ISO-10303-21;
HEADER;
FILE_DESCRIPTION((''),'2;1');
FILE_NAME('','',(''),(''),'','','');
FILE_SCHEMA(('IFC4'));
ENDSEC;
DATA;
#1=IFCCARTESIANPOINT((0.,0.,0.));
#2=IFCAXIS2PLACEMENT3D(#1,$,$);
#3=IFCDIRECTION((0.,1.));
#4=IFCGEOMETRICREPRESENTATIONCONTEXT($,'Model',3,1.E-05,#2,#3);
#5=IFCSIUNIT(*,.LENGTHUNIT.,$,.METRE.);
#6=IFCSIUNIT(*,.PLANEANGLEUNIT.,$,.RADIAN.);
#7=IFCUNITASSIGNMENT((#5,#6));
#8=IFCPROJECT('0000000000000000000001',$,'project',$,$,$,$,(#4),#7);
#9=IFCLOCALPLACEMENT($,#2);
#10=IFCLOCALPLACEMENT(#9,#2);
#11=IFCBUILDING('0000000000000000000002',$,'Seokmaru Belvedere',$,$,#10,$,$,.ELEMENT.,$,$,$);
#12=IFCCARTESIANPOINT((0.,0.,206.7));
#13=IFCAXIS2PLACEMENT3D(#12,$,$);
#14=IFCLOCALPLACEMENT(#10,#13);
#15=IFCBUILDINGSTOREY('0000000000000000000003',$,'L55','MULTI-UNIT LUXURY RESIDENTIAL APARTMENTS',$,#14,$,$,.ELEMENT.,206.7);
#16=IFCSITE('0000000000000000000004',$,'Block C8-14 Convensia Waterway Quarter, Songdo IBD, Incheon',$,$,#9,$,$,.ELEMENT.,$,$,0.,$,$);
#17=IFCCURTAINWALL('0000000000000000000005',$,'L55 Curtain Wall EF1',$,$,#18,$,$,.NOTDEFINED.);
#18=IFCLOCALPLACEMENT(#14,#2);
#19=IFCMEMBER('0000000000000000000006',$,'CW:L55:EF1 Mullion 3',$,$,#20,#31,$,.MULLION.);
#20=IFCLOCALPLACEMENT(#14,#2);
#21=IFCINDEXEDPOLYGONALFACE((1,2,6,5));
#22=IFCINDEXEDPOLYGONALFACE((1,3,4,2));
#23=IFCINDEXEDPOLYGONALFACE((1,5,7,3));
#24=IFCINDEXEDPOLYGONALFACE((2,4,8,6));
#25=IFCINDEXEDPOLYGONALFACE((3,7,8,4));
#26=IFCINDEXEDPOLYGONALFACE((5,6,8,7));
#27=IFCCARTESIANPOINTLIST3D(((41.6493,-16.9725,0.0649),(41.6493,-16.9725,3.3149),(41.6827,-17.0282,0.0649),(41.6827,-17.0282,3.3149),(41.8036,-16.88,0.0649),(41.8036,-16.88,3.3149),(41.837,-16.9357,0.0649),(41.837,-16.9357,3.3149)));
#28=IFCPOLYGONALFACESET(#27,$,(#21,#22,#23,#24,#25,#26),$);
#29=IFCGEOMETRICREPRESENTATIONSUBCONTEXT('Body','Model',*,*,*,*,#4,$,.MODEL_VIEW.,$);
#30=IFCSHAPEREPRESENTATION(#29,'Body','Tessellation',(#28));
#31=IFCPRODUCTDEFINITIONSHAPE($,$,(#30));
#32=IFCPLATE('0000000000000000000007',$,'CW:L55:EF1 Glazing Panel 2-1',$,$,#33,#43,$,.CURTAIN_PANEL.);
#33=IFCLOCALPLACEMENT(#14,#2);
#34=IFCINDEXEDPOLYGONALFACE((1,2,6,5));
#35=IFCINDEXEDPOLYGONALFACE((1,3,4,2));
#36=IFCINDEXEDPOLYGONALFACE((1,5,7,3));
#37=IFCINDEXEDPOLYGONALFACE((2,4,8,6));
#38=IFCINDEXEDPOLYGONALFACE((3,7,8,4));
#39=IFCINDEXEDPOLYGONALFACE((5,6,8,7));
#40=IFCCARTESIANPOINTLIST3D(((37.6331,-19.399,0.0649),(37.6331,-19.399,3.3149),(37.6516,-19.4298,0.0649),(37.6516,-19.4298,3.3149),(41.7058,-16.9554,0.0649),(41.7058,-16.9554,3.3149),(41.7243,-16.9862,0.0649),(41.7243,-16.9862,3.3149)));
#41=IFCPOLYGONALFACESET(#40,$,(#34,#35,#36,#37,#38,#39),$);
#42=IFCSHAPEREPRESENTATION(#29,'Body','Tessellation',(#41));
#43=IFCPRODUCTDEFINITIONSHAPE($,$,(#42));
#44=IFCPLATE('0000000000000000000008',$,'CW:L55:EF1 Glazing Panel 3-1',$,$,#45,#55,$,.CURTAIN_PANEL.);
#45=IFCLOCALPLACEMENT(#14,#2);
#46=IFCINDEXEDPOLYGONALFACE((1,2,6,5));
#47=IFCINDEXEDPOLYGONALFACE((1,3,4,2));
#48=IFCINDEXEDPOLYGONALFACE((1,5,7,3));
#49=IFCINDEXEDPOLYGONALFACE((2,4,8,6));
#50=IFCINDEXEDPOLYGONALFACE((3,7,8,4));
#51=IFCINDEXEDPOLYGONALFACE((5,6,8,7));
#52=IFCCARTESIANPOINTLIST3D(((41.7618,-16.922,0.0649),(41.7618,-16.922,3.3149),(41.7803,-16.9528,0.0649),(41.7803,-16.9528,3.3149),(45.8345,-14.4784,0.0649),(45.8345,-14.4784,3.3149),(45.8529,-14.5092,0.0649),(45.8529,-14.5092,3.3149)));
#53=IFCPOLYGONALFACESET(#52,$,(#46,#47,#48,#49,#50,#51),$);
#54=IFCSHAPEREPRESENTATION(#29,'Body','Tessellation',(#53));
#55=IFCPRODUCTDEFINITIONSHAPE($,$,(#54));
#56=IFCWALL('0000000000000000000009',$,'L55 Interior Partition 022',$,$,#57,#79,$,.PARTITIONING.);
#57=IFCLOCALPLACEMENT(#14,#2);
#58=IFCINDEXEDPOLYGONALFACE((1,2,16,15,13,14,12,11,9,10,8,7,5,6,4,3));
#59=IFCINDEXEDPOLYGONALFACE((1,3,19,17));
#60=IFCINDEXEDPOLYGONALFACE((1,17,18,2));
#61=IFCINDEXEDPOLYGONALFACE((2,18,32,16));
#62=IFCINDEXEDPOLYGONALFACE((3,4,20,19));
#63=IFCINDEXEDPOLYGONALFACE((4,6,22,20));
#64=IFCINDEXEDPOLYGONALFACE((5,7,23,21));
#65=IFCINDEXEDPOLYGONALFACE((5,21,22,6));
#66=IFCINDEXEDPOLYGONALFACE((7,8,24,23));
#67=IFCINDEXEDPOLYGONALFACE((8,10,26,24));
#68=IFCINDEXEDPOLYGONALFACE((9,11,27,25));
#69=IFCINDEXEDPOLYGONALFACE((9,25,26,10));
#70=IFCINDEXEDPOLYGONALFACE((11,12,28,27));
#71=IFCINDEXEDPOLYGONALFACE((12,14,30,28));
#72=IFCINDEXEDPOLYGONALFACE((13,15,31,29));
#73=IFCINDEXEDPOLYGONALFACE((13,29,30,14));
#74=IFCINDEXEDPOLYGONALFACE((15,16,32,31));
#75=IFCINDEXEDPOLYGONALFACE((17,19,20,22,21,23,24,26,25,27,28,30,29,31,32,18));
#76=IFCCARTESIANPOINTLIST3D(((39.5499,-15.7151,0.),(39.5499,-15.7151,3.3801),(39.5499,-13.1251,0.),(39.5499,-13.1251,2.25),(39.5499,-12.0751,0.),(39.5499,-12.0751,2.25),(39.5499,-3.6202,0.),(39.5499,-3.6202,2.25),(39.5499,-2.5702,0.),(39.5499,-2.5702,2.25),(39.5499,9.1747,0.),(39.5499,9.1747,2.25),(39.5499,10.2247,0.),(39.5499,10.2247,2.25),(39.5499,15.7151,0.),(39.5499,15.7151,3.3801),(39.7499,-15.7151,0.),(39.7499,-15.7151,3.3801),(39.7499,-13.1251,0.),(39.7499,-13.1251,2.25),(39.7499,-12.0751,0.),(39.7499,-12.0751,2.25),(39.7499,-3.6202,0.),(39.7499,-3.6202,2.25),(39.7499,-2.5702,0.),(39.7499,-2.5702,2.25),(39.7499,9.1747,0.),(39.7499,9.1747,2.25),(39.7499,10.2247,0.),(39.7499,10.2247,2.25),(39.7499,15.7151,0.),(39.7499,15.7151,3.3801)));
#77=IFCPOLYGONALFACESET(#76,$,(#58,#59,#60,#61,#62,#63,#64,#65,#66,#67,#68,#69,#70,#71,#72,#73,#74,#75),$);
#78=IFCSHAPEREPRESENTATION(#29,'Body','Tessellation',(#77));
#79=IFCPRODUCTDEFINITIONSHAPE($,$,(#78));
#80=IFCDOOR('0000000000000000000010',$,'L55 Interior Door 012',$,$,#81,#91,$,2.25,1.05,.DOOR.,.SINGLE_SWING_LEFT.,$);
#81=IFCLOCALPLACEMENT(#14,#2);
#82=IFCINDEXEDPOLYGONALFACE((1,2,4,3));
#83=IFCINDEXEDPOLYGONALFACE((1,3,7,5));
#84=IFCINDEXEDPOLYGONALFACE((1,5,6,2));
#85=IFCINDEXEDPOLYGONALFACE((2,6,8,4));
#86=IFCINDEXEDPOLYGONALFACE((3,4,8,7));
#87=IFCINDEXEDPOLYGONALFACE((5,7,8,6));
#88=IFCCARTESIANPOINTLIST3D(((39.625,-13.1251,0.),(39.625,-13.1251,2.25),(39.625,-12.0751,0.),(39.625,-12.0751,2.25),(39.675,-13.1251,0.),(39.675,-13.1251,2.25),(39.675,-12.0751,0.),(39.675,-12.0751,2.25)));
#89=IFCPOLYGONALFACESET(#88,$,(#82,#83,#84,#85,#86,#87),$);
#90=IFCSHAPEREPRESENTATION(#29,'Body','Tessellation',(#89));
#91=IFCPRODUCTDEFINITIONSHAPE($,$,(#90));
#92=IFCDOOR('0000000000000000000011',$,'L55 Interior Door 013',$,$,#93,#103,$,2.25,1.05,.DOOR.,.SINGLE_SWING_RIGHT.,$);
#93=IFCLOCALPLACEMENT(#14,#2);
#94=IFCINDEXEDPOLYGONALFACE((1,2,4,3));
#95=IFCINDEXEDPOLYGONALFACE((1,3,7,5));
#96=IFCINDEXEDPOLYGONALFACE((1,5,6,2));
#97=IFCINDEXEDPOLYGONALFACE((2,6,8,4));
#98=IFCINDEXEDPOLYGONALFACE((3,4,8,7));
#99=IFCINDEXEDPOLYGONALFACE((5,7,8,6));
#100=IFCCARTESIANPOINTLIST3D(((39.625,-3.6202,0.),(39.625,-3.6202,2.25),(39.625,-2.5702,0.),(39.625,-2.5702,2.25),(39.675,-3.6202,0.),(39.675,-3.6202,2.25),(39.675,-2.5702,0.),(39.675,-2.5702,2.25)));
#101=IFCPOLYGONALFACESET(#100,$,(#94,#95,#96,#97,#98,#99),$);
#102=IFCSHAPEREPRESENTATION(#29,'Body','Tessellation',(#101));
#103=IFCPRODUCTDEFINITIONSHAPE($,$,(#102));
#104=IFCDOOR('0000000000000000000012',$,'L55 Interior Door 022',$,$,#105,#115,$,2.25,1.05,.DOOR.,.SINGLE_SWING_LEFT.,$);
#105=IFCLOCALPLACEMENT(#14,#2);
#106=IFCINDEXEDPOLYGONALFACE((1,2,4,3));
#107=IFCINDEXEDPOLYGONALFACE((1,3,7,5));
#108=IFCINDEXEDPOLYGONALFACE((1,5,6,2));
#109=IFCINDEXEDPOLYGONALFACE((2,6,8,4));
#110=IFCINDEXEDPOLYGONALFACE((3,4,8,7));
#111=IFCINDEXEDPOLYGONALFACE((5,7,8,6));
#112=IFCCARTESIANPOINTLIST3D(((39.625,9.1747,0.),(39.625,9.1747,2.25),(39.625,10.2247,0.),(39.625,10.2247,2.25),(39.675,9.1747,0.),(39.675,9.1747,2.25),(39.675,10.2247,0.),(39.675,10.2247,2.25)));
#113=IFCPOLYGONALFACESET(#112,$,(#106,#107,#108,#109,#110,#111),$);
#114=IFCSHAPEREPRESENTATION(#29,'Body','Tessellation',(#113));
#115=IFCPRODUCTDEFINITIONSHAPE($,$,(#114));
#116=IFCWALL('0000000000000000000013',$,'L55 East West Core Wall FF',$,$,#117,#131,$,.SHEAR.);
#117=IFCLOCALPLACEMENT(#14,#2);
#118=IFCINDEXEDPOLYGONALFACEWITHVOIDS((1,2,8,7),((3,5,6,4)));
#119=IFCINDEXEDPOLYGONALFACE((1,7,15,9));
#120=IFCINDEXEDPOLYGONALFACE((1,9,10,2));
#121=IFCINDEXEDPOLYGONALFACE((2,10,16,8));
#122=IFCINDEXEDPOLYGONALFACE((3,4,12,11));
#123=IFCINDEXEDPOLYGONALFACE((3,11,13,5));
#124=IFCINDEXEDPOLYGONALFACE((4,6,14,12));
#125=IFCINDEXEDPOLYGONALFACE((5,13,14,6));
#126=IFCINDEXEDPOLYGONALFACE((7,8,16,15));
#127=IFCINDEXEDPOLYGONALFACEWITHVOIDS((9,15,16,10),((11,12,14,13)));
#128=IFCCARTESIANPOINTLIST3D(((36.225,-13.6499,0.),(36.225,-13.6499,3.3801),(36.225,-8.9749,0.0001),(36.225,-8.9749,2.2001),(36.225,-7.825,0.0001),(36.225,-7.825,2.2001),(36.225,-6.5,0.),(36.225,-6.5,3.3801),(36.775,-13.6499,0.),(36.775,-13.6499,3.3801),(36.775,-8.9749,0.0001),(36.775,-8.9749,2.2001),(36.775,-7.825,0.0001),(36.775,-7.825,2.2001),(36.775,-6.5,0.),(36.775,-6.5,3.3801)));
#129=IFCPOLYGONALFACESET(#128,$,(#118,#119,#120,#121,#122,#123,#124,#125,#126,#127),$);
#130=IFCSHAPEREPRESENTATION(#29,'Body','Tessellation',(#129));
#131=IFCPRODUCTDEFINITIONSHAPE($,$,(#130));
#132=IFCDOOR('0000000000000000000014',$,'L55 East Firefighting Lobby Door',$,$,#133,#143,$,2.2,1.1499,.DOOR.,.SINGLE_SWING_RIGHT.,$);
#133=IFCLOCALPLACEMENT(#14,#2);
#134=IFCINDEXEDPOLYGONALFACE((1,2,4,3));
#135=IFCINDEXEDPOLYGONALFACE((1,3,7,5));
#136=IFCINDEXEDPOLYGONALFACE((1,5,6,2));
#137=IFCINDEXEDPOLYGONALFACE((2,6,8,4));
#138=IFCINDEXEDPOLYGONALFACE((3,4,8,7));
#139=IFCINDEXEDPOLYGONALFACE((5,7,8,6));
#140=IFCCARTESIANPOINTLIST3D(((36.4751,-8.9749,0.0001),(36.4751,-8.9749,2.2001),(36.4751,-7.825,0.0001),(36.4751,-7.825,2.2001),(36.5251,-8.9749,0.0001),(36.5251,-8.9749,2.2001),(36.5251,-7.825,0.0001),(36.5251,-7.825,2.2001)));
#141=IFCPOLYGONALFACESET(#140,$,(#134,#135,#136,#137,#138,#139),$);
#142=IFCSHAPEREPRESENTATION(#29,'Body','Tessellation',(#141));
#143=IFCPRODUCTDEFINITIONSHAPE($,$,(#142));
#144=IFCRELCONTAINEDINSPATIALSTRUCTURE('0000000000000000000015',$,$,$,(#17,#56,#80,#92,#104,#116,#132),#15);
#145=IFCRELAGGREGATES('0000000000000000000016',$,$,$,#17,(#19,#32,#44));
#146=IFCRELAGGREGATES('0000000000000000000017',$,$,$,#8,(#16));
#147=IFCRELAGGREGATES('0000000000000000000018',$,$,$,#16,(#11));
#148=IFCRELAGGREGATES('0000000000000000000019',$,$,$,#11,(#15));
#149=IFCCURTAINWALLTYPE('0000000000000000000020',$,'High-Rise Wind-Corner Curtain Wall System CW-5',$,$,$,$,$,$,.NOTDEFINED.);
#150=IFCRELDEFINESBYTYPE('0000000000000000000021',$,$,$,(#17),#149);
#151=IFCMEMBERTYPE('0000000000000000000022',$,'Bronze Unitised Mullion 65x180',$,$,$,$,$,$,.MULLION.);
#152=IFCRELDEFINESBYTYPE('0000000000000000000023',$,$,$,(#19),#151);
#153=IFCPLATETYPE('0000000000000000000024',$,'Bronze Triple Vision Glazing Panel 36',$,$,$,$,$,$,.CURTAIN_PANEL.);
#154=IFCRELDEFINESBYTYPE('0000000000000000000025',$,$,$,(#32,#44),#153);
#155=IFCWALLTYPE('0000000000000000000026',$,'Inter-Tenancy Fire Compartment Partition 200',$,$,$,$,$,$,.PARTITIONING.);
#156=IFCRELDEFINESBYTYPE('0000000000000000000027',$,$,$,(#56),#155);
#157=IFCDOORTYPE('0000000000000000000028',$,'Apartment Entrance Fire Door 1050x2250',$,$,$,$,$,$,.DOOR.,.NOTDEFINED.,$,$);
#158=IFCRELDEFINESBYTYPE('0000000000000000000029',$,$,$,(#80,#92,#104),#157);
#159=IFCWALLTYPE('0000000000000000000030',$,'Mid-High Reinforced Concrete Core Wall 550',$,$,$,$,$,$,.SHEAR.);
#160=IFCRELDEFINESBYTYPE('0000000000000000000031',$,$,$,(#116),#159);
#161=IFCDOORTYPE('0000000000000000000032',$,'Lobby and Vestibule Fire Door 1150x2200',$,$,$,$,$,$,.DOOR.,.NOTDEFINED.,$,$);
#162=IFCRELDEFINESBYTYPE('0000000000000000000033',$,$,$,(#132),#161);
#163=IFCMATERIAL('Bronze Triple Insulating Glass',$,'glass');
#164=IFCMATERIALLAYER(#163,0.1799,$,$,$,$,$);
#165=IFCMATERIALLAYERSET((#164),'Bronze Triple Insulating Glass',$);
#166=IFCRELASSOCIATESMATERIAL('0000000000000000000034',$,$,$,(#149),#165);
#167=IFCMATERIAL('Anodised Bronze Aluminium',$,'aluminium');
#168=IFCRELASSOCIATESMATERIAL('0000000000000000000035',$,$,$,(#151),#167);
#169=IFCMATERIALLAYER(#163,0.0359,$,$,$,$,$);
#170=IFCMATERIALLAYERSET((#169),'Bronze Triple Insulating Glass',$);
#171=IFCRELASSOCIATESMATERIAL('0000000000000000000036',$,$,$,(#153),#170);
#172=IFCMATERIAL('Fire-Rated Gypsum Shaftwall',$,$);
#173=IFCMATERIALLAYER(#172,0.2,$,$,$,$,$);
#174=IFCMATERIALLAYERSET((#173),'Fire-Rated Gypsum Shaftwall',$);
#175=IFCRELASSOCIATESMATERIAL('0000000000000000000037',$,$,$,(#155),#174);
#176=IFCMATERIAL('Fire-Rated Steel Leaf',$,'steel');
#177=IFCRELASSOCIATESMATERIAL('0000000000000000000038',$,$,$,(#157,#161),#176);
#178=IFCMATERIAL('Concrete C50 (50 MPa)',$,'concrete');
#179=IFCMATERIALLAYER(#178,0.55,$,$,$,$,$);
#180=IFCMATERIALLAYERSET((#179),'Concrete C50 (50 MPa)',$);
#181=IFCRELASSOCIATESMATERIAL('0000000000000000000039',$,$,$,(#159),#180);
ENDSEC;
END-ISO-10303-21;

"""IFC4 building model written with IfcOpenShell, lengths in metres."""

from ifc_helpers import new_model, si_unit, direction, frame, frame_2d, origin, origin_2d, place, context, subcontext, project, spatial, rectangle, extrude, source, transform, mapped, material, layer, layer_set, material_profile, profile_set, type_object, type_shapes, element, fill, aggregate, save


model = new_model("IFC4")

# Units and contexts
model_context = context("Model", 3, precision=1e-05, world=origin(), true_north=direction((0.0, 1.0)))
body_context = subcontext(model_context, "Body", "Model", "MODEL_VIEW")
ifc_project = project(units=[si_unit("LENGTHUNIT", "METRE"), si_unit("PLANEANGLEUNIT", "RADIAN")], contexts=[model_context])

# Site, building, storey
site_placement = place(None, origin())
site = spatial("IfcSite", under=ifc_project, at=site_placement, Name="Block C8-14 Convensia Waterway Quarter, Songdo IBD, Incheon", CompositionType="ELEMENT", RefElevation=0.0)
building_placement = place(site_placement, origin())
building = spatial("IfcBuilding", under=site, at=building_placement, Name="Seokmaru Belvedere", CompositionType="ELEMENT")
storey_placement = place(building_placement, frame((0.0, 0.0, 206.7)))
storey = spatial("IfcBuildingStorey", under=building, at=storey_placement, Name="L55", Description="MULTI-UNIT LUXURY RESIDENTIAL APARTMENTS", CompositionType="ELEMENT", Elevation=206.7)

# Curtain wall, member, plates
ifc_material_1 = material(Name="Bronze Triple Insulating Glass", Category="glass")
ifc_layer_1 = layer(ifc_material_1, 0.1799)
ifc_layer_set_1 = layer_set([ifc_layer_1], Name="Bronze Triple Insulating Glass")
curtain_wall_type = type_object("IfcCurtainWallType", Name="High-Rise Wind-Corner Curtain Wall System CW-5", PredefinedType="NOTDEFINED", material=ifc_layer_set_1)
curtain_wall_placement = place(storey_placement, origin())
curtain_wall = element("IfcCurtainWall", 1, at=curtain_wall_placement, inside=storey, type_object=curtain_wall_type, Name="L55 Curtain Wall EF1", PredefinedType="NOTDEFINED")
ifc_material_2 = material(Name="Anodised Bronze Aluminium", Category="aluminium")
ifc_material_profile_1 = material_profile(ifc_material_2, rectangle(XDim=0.0649, YDim=0.1799, at=origin_2d()), Name="CW-M-65x180")
ifc_profile_set_1 = profile_set([ifc_material_profile_1], Name="Anodised Bronze Aluminium")
member_type = type_object("IfcMemberType", Name="Bronze Unitised Mullion 65x180", PredefinedType="MULLION", material=ifc_profile_set_1)
shared_shape_1 = source(origin(), body_context, "Body", "SweptSolid", [
    extrude(rectangle(XDim=0.0649, YDim=0.1799, at=origin_2d()), origin(), (0.0, 0.0, 1.0), 3.25),
])
type_shapes(member_type, [shared_shape_1])
member_1_placement = place(storey_placement, frame((41.7432, -16.9541, 0.0649), z_axis=(0.0, 0.0, 1.0), x_axis=(-0.514495, 0.857493, 0.0)))
member_1 = element("IfcMember", 2, at=member_1_placement, type_object=member_type, Name="CW:L55:EF1 Mullion 3", PredefinedType="MULLION", context=body_context, shape_type="MappedRepresentation", body=[
    mapped(shared_shape_1, transform((0.0, 0.0, 0.0), scale=1.0)),
])
ifc_layer_2 = layer(ifc_material_1, 0.0359)
ifc_layer_set_2 = layer_set([ifc_layer_2], Name="Bronze Triple Insulating Glass")
plate_type = type_object("IfcPlateType", Name="Bronze Triple Vision Glazing Panel 36", PredefinedType="CURTAIN_PANEL", material=ifc_layer_set_2)
shared_shape_2 = source(origin(), body_context, "Body", "SweptSolid", [
    extrude(rectangle(XDim=4.7495, YDim=0.0359, at=origin_2d()), origin(), (0.0, 0.0, 1.0), 3.25),
])
type_shapes(plate_type, [shared_shape_2])
plate_1_placement = place(storey_placement, frame((39.6787, -18.1926, 0.0649), z_axis=(0.0, 0.0, 1.0), x_axis=(0.857493, 0.514495, 0.0)))
plate_1 = element("IfcPlate", 3, at=plate_1_placement, type_object=plate_type, Name="CW:L55:EF1 Glazing Panel 2-1", PredefinedType="CURTAIN_PANEL", context=body_context, shape_type="MappedRepresentation", body=[
    mapped(shared_shape_2, transform((0.0, 0.0, 0.0), scale=1.0)),
])
plate_2_placement = place(storey_placement, frame((43.8074, -15.7156, 0.0649), z_axis=(0.0, 0.0, 1.0), x_axis=(0.857493, 0.514495, 0.0)))
plate_2 = element("IfcPlate", 4, at=plate_2_placement, type_object=plate_type, Name="CW:L55:EF1 Glazing Panel 3-1", PredefinedType="CURTAIN_PANEL", context=body_context, shape_type="MappedRepresentation", body=[
    mapped(shared_shape_2, transform((0.0, 0.0, 0.0), scale=1.0)),
])
aggregate(curtain_wall, [member_1, plate_1, plate_2])

# Wall, openings, doors
ifc_material_3 = material(Name="Fire-Rated Gypsum Shaftwall")
ifc_layer_3 = layer(ifc_material_3, 0.2)
ifc_layer_set_3 = layer_set([ifc_layer_3], Name="Fire-Rated Gypsum Shaftwall")
wall_type_1 = type_object("IfcWallType", Name="Inter-Tenancy Fire Compartment Partition 200", PredefinedType="PARTITIONING", material=ifc_layer_set_3)
wall_1_placement = place(storey_placement, frame((39.6499, -15.7151, 0.0), z_axis=(0.0, 0.0, 1.0), x_axis=(0.0, 1.0, 0.0)))
wall_1 = element("IfcWall", 5, at=wall_1_placement, inside=storey, type_object=wall_type_1, Name="L55 Interior Partition 022", PredefinedType="PARTITIONING", context=body_context, shape_type="SweptSolid", body=[
    extrude(rectangle(XDim=31.4302, YDim=0.2, at=frame_2d((15.7151, 0.0))), origin(), (0.0, 0.0, 1.0), 3.3801),
])
opening_1_placement = place(wall_1_placement, frame((2.5901, 0.0, 0.0)))
opening_1 = element("IfcOpeningElement", 6, at=opening_1_placement, cuts=wall_1, PredefinedType="OPENING", context=body_context, shape_type="SweptSolid", body=[
    extrude(rectangle(XDim=1.05, YDim=2.25, at=frame_2d((0.5249, 1.125))), frame((0.0, 0.1099, 0.0), z_axis=(0.0, -1.0, 0.0), x_axis=(1.0, 0.0, 0.0)), (0.0, 0.0, 1.0), 0.22),
])
opening_2_placement = place(wall_1_placement, frame((12.095, 0.0, 0.0)))
opening_2 = element("IfcOpeningElement", 7, at=opening_2_placement, cuts=wall_1, PredefinedType="OPENING", context=body_context, shape_type="SweptSolid", body=[
    extrude(rectangle(XDim=1.05, YDim=2.25, at=frame_2d((0.5249, 1.125))), frame((0.0, 0.1099, 0.0), z_axis=(0.0, -1.0, 0.0), x_axis=(1.0, 0.0, 0.0)), (0.0, 0.0, 1.0), 0.22),
])
opening_3_placement = place(wall_1_placement, frame((24.8899, 0.0, 0.0)))
opening_3 = element("IfcOpeningElement", 8, at=opening_3_placement, cuts=wall_1, PredefinedType="OPENING", context=body_context, shape_type="SweptSolid", body=[
    extrude(rectangle(XDim=1.05, YDim=2.25, at=frame_2d((0.5249, 1.125))), frame((0.0, 0.1099, 0.0), z_axis=(0.0, -1.0, 0.0), x_axis=(1.0, 0.0, 0.0)), (0.0, 0.0, 1.0), 0.22),
])
ifc_material_4 = material(Name="Fire-Rated Steel Leaf", Category="steel")
door_type_1 = type_object("IfcDoorType", Name="Apartment Entrance Fire Door 1050x2250", OperationType="NOTDEFINED", PredefinedType="DOOR", material=ifc_material_4)
shared_shape_3 = source(origin(), body_context, "Body", "SweptSolid", [
    extrude(rectangle(XDim=1.05, YDim=2.25, at=frame_2d((0.5249, 1.125))), frame((0.0, 0.0249, 0.0), z_axis=(0.0, -1.0, 0.0), x_axis=(1.0, 0.0, 0.0)), (0.0, 0.0, 1.0), 0.05),
])
type_shapes(door_type_1, [shared_shape_3])
door_1_placement = place(opening_1_placement, origin())
door_1 = element("IfcDoor", 9, at=door_1_placement, inside=storey, type_object=door_type_1, Name="L55 Interior Door 012", OperationType="SINGLE_SWING_LEFT", OverallHeight=2.25, OverallWidth=1.05, PredefinedType="DOOR", context=body_context, shape_type="MappedRepresentation", body=[
    mapped(shared_shape_3, transform((0.0, 0.0, 0.0), scale=1.0)),
])
fill(opening_1, door_1)
door_2_placement = place(opening_2_placement, origin())
door_2 = element("IfcDoor", 10, at=door_2_placement, inside=storey, type_object=door_type_1, Name="L55 Interior Door 013", OperationType="SINGLE_SWING_RIGHT", OverallHeight=2.25, OverallWidth=1.05, PredefinedType="DOOR", context=body_context, shape_type="MappedRepresentation", body=[
    mapped(shared_shape_3, transform((0.0, 0.0, 0.0), scale=1.0)),
])
fill(opening_2, door_2)
door_3_placement = place(opening_3_placement, origin())
door_3 = element("IfcDoor", 11, at=door_3_placement, inside=storey, type_object=door_type_1, Name="L55 Interior Door 022", OperationType="SINGLE_SWING_LEFT", OverallHeight=2.25, OverallWidth=1.05, PredefinedType="DOOR", context=body_context, shape_type="MappedRepresentation", body=[
    mapped(shared_shape_3, transform((0.0, 0.0, 0.0), scale=1.0)),
])
fill(opening_3, door_3)

# Wall, opening, door
ifc_material_5 = material(Name="Concrete C50 (50 MPa)", Category="concrete")
ifc_layer_4 = layer(ifc_material_5, 0.55)
ifc_layer_set_4 = layer_set([ifc_layer_4], Name="Concrete C50 (50 MPa)")
wall_type_2 = type_object("IfcWallType", Name="Mid-High Reinforced Concrete Core Wall 550", PredefinedType="SHEAR", material=ifc_layer_set_4)
wall_2_placement = place(storey_placement, frame((36.5, -13.6499, 0.0), z_axis=(0.0, 0.0, 1.0), x_axis=(0.0, 1.0, 0.0)))
wall_2 = element("IfcWall", 12, at=wall_2_placement, inside=storey, type_object=wall_type_2, Name="L55 East West Core Wall FF", PredefinedType="SHEAR", context=body_context, shape_type="SweptSolid", body=[
    extrude(rectangle(XDim=7.1499, YDim=0.55, at=frame_2d((3.575, 0.0))), origin(), (0.0, 0.0, 1.0), 3.3801),
])
opening_4_placement = place(wall_2_placement, frame((4.675, 0.0, 0.0)))
opening_4 = element("IfcOpeningElement", 13, at=opening_4_placement, cuts=wall_2, PredefinedType="OPENING", context=body_context, shape_type="SweptSolid", body=[
    extrude(rectangle(XDim=1.1499, YDim=2.2, at=frame_2d((0.575, 1.1001))), frame((0.0, 0.2852, 0.0), z_axis=(0.0, -1.0, 0.0), x_axis=(1.0, 0.0, 0.0)), (0.0, 0.0, 1.0), 0.5701),
])
door_type_2 = type_object("IfcDoorType", Name="Lobby and Vestibule Fire Door 1150x2200", OperationType="NOTDEFINED", PredefinedType="DOOR", material=ifc_material_4)
shared_shape_4 = source(origin(), body_context, "Body", "SweptSolid", [
    extrude(rectangle(XDim=1.1499, YDim=2.2, at=frame_2d((0.575, 1.1001))), frame((0.0, 0.0249, 0.0), z_axis=(0.0, -1.0, 0.0), x_axis=(1.0, 0.0, 0.0)), (0.0, 0.0, 1.0), 0.05),
])
type_shapes(door_type_2, [shared_shape_4])
door_4_placement = place(opening_4_placement, origin())
door_4 = element("IfcDoor", 14, at=door_4_placement, inside=storey, type_object=door_type_2, Name="L55 East Firefighting Lobby Door", OperationType="SINGLE_SWING_RIGHT", OverallHeight=2.2, OverallWidth=1.1499, PredefinedType="DOOR", context=body_context, shape_type="MappedRepresentation", body=[
    mapped(shared_shape_4, transform((0.0, 0.0, 0.0), scale=1.0)),
])
fill(opening_4, door_4)

save(model, "model.ifc")
